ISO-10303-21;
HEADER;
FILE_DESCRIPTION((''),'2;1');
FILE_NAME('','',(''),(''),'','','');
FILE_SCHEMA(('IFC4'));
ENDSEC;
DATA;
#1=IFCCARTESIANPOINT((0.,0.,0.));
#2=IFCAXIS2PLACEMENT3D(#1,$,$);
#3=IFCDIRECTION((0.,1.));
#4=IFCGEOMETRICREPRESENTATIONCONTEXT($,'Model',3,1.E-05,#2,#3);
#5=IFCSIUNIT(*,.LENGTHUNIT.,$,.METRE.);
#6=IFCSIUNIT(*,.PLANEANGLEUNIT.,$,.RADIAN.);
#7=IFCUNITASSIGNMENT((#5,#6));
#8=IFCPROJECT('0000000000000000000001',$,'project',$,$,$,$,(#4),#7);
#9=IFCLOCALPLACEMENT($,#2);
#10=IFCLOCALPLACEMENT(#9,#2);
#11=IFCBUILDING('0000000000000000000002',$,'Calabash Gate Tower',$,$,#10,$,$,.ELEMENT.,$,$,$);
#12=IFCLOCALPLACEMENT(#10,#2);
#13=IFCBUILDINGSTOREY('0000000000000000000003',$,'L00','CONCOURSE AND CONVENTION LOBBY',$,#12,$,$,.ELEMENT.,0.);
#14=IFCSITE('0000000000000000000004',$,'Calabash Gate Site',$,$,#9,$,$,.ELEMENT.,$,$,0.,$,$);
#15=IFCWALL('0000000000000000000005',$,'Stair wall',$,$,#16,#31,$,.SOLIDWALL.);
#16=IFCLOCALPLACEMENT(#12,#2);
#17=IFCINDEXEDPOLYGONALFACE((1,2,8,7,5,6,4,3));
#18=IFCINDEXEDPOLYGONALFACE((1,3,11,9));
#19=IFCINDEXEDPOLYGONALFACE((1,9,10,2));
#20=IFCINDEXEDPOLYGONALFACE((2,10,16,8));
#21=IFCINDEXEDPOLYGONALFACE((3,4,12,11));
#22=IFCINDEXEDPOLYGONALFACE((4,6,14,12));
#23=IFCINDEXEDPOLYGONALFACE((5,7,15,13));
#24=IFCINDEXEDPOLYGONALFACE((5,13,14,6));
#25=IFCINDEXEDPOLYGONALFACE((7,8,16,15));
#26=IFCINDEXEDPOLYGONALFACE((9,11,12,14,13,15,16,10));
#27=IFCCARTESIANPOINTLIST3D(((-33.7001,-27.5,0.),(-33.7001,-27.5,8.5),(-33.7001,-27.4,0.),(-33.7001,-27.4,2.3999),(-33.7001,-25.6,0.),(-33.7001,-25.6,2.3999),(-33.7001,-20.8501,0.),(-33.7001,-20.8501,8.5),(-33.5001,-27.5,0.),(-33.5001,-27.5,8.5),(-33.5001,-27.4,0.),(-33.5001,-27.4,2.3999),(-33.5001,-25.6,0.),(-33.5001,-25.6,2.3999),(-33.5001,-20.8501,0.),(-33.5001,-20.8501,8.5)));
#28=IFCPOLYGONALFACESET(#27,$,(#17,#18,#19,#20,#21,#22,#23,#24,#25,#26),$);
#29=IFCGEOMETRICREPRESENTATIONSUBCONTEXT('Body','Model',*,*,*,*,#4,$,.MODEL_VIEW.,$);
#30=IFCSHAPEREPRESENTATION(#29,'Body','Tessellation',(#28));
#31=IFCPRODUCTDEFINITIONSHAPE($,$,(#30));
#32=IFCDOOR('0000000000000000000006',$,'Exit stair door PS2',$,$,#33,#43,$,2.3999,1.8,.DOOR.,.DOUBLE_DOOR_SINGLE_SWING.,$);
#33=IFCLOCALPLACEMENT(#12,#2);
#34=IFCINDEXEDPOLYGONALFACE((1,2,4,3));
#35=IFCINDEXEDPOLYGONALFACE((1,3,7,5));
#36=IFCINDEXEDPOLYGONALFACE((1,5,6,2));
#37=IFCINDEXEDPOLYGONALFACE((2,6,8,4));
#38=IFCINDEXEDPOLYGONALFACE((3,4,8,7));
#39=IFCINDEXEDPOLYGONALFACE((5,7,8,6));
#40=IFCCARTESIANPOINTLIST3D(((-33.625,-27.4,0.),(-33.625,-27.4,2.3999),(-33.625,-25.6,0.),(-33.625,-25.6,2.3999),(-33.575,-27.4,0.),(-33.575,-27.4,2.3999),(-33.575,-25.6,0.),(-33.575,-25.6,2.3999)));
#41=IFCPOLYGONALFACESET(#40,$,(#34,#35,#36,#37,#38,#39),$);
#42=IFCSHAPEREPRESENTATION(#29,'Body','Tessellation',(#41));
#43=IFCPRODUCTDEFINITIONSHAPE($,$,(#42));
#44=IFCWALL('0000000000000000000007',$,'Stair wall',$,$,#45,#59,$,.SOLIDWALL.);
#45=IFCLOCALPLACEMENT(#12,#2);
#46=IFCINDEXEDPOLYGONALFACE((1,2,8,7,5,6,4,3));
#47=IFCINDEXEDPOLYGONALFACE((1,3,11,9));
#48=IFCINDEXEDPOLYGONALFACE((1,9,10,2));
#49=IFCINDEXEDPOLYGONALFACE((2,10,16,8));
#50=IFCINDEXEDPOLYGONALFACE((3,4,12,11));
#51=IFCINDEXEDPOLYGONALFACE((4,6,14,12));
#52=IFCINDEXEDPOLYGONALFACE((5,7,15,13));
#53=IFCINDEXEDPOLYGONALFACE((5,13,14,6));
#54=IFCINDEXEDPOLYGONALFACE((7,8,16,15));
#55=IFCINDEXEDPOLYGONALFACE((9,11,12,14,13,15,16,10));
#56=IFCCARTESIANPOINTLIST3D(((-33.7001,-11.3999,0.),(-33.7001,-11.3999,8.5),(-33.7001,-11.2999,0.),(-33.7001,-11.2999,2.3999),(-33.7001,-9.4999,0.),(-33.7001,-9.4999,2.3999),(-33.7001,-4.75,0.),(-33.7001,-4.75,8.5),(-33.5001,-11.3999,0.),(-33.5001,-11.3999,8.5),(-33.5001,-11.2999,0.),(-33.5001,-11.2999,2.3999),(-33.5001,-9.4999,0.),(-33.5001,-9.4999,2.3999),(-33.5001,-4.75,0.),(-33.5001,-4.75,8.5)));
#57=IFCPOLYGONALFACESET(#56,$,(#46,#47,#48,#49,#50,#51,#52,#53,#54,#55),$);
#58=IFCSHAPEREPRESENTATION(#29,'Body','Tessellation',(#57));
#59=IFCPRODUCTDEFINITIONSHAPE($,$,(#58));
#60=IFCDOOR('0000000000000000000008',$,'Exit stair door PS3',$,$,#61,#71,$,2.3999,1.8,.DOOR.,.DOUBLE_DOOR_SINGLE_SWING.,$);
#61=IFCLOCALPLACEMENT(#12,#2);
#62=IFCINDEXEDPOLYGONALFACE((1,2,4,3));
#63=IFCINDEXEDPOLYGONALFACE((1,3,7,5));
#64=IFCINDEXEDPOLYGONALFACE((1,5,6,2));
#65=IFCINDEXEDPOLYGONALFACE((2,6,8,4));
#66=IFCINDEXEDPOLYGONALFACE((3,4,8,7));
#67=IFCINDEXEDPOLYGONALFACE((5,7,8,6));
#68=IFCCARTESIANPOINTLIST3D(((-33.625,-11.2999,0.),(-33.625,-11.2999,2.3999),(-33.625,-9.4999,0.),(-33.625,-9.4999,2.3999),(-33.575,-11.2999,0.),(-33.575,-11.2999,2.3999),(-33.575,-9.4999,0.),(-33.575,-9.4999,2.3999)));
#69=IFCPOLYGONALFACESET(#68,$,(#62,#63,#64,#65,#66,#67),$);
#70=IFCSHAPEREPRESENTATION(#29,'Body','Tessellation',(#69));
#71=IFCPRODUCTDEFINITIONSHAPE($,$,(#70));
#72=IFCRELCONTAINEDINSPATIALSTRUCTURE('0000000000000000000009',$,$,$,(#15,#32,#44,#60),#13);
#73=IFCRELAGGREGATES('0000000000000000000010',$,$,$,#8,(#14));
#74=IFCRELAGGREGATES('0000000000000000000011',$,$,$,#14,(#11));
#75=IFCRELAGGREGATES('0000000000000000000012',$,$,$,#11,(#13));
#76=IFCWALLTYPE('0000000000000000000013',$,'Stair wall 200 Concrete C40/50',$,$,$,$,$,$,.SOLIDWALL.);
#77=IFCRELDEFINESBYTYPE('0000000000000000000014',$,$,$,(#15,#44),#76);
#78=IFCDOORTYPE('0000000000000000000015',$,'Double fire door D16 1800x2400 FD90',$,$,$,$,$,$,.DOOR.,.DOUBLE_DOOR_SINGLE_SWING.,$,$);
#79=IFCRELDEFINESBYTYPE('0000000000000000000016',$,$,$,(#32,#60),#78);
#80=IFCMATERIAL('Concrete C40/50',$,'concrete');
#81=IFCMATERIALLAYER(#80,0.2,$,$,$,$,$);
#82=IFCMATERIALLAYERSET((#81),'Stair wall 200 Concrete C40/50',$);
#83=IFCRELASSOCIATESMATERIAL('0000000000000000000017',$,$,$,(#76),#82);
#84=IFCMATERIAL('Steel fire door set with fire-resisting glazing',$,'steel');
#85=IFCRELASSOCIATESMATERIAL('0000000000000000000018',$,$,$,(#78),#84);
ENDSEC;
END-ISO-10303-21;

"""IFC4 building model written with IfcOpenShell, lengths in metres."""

from ifc_helpers import new_model, si_unit, direction, frame, frame_2d, origin, place, context, subcontext, project, spatial, rectangle, extrude, material, layer, layer_set, type_object, element, fill, save


model = new_model("IFC4")

# Units and contexts
model_context = context("Model", 3, precision=1e-05, world=origin(), true_north=direction((0.0, 1.0)))
body_context = subcontext(model_context, "Body", "Model", "MODEL_VIEW")
ifc_project = project(units=[si_unit("LENGTHUNIT", "METRE"), si_unit("PLANEANGLEUNIT", "RADIAN")], contexts=[model_context])

# Site, building, storey
site_placement = place(None, origin())
site = spatial("IfcSite", under=ifc_project, at=site_placement, Name="Calabash Gate Site", CompositionType="ELEMENT", RefElevation=0.0)
building_placement = place(site_placement, origin())
building = spatial("IfcBuilding", under=site, at=building_placement, Name="Calabash Gate Tower", CompositionType="ELEMENT")
storey_placement = place(building_placement, origin())
storey = spatial("IfcBuildingStorey", under=building, at=storey_placement, Name="L00", Description="CONCOURSE AND CONVENTION LOBBY", CompositionType="ELEMENT", Elevation=0.0)

# Walls, openings, doors
ifc_material_1 = material(Name="Concrete C40/50", Category="concrete")
ifc_layer_1 = layer(ifc_material_1, 0.2)
ifc_layer_set_1 = layer_set([ifc_layer_1], Name="Stair wall 200 Concrete C40/50")
wall_type_1 = type_object("IfcWallType", Name="Stair wall 200 Concrete C40/50", PredefinedType="SOLIDWALL", material=ifc_layer_set_1)
ifc_material_2 = material(Name="Steel fire door set with fire-resisting glazing", Category="steel")
door_type_1 = type_object("IfcDoorType", Name="Double fire door D16 1800x2400 FD90", OperationType="DOUBLE_DOOR_SINGLE_SWING", PredefinedType="DOOR", material=ifc_material_2)
wall_1_placement = place(storey_placement, frame((-33.6001, -27.5, 0.0), z_axis=(0.0, 0.0, 1.0), x_axis=(0.0, 1.0, 0.0)))
wall_1 = element("IfcWall", 1, at=wall_1_placement, inside=storey, type_object=wall_type_1, Name="Stair wall", PredefinedType="SOLIDWALL", context=body_context, shape_type="SweptSolid", body=[
    extrude(rectangle(XDim=6.6499, YDim=0.2, at=frame_2d((3.325, 0.0))), origin(), (0.0, 0.0, 1.0), 8.5),
])
opening_1_placement = place(wall_1_placement, frame((0.1001, 0.0, 0.0)))
opening_1 = element("IfcOpeningElement", 2, at=opening_1_placement, cuts=wall_1, PredefinedType="OPENING", context=body_context, shape_type="SweptSolid", body=[
    extrude(rectangle(XDim=1.8, YDim=2.3999, at=frame_2d((0.8999, 1.2))), frame((0.0, 0.1099, 0.0), z_axis=(0.0, -1.0, 0.0), x_axis=(1.0, 0.0, 0.0)), (0.0, 0.0, 1.0), 0.22),
])
door_1_placement = place(opening_1_placement, origin())
door_1 = element("IfcDoor", 3, at=door_1_placement, inside=storey, type_object=door_type_1, Name="Exit stair door PS2", OperationType="DOUBLE_DOOR_SINGLE_SWING", OverallHeight=2.3999, OverallWidth=1.8, PredefinedType="DOOR", context=body_context, shape_type="SweptSolid", body=[
    extrude(rectangle(XDim=1.8, YDim=2.3999, at=frame_2d((0.8999, 1.2))), frame((0.0, 0.0249, 0.0), z_axis=(0.0, -1.0, 0.0), x_axis=(1.0, 0.0, 0.0)), (0.0, 0.0, 1.0), 0.05),
])
fill(opening_1, door_1)
wall_2_placement = place(storey_placement, frame((-33.6001, -11.3999, 0.0), z_axis=(0.0, 0.0, 1.0), x_axis=(0.0, 1.0, 0.0)))
wall_2 = element("IfcWall", 4, at=wall_2_placement, inside=storey, type_object=wall_type_1, Name="Stair wall", PredefinedType="SOLIDWALL", context=body_context, shape_type="SweptSolid", body=[
    extrude(rectangle(XDim=6.6499, YDim=0.2, at=frame_2d((3.325, 0.0))), origin(), (0.0, 0.0, 1.0), 8.5),
])
opening_2_placement = place(wall_2_placement, frame((0.1001, 0.0, 0.0)))
opening_2 = element("IfcOpeningElement", 5, at=opening_2_placement, cuts=wall_2, PredefinedType="OPENING", context=body_context, shape_type="SweptSolid", body=[
    extrude(rectangle(XDim=1.8, YDim=2.3999, at=frame_2d((0.8999, 1.2))), frame((0.0, 0.1099, 0.0), z_axis=(0.0, -1.0, 0.0), x_axis=(1.0, 0.0, 0.0)), (0.0, 0.0, 1.0), 0.22),
])
door_2_placement = place(opening_2_placement, origin())
door_2 = element("IfcDoor", 6, at=door_2_placement, inside=storey, type_object=door_type_1, Name="Exit stair door PS3", OperationType="DOUBLE_DOOR_SINGLE_SWING", OverallHeight=2.3999, OverallWidth=1.8, PredefinedType="DOOR", context=body_context, shape_type="SweptSolid", body=[
    extrude(rectangle(XDim=1.8, YDim=2.3999, at=frame_2d((0.8999, 1.2))), frame((0.0, 0.0249, 0.0), z_axis=(0.0, -1.0, 0.0), x_axis=(1.0, 0.0, 0.0)), (0.0, 0.0, 1.0), 0.05),
])
fill(opening_2, door_2)

save(model, "model.ifc")
